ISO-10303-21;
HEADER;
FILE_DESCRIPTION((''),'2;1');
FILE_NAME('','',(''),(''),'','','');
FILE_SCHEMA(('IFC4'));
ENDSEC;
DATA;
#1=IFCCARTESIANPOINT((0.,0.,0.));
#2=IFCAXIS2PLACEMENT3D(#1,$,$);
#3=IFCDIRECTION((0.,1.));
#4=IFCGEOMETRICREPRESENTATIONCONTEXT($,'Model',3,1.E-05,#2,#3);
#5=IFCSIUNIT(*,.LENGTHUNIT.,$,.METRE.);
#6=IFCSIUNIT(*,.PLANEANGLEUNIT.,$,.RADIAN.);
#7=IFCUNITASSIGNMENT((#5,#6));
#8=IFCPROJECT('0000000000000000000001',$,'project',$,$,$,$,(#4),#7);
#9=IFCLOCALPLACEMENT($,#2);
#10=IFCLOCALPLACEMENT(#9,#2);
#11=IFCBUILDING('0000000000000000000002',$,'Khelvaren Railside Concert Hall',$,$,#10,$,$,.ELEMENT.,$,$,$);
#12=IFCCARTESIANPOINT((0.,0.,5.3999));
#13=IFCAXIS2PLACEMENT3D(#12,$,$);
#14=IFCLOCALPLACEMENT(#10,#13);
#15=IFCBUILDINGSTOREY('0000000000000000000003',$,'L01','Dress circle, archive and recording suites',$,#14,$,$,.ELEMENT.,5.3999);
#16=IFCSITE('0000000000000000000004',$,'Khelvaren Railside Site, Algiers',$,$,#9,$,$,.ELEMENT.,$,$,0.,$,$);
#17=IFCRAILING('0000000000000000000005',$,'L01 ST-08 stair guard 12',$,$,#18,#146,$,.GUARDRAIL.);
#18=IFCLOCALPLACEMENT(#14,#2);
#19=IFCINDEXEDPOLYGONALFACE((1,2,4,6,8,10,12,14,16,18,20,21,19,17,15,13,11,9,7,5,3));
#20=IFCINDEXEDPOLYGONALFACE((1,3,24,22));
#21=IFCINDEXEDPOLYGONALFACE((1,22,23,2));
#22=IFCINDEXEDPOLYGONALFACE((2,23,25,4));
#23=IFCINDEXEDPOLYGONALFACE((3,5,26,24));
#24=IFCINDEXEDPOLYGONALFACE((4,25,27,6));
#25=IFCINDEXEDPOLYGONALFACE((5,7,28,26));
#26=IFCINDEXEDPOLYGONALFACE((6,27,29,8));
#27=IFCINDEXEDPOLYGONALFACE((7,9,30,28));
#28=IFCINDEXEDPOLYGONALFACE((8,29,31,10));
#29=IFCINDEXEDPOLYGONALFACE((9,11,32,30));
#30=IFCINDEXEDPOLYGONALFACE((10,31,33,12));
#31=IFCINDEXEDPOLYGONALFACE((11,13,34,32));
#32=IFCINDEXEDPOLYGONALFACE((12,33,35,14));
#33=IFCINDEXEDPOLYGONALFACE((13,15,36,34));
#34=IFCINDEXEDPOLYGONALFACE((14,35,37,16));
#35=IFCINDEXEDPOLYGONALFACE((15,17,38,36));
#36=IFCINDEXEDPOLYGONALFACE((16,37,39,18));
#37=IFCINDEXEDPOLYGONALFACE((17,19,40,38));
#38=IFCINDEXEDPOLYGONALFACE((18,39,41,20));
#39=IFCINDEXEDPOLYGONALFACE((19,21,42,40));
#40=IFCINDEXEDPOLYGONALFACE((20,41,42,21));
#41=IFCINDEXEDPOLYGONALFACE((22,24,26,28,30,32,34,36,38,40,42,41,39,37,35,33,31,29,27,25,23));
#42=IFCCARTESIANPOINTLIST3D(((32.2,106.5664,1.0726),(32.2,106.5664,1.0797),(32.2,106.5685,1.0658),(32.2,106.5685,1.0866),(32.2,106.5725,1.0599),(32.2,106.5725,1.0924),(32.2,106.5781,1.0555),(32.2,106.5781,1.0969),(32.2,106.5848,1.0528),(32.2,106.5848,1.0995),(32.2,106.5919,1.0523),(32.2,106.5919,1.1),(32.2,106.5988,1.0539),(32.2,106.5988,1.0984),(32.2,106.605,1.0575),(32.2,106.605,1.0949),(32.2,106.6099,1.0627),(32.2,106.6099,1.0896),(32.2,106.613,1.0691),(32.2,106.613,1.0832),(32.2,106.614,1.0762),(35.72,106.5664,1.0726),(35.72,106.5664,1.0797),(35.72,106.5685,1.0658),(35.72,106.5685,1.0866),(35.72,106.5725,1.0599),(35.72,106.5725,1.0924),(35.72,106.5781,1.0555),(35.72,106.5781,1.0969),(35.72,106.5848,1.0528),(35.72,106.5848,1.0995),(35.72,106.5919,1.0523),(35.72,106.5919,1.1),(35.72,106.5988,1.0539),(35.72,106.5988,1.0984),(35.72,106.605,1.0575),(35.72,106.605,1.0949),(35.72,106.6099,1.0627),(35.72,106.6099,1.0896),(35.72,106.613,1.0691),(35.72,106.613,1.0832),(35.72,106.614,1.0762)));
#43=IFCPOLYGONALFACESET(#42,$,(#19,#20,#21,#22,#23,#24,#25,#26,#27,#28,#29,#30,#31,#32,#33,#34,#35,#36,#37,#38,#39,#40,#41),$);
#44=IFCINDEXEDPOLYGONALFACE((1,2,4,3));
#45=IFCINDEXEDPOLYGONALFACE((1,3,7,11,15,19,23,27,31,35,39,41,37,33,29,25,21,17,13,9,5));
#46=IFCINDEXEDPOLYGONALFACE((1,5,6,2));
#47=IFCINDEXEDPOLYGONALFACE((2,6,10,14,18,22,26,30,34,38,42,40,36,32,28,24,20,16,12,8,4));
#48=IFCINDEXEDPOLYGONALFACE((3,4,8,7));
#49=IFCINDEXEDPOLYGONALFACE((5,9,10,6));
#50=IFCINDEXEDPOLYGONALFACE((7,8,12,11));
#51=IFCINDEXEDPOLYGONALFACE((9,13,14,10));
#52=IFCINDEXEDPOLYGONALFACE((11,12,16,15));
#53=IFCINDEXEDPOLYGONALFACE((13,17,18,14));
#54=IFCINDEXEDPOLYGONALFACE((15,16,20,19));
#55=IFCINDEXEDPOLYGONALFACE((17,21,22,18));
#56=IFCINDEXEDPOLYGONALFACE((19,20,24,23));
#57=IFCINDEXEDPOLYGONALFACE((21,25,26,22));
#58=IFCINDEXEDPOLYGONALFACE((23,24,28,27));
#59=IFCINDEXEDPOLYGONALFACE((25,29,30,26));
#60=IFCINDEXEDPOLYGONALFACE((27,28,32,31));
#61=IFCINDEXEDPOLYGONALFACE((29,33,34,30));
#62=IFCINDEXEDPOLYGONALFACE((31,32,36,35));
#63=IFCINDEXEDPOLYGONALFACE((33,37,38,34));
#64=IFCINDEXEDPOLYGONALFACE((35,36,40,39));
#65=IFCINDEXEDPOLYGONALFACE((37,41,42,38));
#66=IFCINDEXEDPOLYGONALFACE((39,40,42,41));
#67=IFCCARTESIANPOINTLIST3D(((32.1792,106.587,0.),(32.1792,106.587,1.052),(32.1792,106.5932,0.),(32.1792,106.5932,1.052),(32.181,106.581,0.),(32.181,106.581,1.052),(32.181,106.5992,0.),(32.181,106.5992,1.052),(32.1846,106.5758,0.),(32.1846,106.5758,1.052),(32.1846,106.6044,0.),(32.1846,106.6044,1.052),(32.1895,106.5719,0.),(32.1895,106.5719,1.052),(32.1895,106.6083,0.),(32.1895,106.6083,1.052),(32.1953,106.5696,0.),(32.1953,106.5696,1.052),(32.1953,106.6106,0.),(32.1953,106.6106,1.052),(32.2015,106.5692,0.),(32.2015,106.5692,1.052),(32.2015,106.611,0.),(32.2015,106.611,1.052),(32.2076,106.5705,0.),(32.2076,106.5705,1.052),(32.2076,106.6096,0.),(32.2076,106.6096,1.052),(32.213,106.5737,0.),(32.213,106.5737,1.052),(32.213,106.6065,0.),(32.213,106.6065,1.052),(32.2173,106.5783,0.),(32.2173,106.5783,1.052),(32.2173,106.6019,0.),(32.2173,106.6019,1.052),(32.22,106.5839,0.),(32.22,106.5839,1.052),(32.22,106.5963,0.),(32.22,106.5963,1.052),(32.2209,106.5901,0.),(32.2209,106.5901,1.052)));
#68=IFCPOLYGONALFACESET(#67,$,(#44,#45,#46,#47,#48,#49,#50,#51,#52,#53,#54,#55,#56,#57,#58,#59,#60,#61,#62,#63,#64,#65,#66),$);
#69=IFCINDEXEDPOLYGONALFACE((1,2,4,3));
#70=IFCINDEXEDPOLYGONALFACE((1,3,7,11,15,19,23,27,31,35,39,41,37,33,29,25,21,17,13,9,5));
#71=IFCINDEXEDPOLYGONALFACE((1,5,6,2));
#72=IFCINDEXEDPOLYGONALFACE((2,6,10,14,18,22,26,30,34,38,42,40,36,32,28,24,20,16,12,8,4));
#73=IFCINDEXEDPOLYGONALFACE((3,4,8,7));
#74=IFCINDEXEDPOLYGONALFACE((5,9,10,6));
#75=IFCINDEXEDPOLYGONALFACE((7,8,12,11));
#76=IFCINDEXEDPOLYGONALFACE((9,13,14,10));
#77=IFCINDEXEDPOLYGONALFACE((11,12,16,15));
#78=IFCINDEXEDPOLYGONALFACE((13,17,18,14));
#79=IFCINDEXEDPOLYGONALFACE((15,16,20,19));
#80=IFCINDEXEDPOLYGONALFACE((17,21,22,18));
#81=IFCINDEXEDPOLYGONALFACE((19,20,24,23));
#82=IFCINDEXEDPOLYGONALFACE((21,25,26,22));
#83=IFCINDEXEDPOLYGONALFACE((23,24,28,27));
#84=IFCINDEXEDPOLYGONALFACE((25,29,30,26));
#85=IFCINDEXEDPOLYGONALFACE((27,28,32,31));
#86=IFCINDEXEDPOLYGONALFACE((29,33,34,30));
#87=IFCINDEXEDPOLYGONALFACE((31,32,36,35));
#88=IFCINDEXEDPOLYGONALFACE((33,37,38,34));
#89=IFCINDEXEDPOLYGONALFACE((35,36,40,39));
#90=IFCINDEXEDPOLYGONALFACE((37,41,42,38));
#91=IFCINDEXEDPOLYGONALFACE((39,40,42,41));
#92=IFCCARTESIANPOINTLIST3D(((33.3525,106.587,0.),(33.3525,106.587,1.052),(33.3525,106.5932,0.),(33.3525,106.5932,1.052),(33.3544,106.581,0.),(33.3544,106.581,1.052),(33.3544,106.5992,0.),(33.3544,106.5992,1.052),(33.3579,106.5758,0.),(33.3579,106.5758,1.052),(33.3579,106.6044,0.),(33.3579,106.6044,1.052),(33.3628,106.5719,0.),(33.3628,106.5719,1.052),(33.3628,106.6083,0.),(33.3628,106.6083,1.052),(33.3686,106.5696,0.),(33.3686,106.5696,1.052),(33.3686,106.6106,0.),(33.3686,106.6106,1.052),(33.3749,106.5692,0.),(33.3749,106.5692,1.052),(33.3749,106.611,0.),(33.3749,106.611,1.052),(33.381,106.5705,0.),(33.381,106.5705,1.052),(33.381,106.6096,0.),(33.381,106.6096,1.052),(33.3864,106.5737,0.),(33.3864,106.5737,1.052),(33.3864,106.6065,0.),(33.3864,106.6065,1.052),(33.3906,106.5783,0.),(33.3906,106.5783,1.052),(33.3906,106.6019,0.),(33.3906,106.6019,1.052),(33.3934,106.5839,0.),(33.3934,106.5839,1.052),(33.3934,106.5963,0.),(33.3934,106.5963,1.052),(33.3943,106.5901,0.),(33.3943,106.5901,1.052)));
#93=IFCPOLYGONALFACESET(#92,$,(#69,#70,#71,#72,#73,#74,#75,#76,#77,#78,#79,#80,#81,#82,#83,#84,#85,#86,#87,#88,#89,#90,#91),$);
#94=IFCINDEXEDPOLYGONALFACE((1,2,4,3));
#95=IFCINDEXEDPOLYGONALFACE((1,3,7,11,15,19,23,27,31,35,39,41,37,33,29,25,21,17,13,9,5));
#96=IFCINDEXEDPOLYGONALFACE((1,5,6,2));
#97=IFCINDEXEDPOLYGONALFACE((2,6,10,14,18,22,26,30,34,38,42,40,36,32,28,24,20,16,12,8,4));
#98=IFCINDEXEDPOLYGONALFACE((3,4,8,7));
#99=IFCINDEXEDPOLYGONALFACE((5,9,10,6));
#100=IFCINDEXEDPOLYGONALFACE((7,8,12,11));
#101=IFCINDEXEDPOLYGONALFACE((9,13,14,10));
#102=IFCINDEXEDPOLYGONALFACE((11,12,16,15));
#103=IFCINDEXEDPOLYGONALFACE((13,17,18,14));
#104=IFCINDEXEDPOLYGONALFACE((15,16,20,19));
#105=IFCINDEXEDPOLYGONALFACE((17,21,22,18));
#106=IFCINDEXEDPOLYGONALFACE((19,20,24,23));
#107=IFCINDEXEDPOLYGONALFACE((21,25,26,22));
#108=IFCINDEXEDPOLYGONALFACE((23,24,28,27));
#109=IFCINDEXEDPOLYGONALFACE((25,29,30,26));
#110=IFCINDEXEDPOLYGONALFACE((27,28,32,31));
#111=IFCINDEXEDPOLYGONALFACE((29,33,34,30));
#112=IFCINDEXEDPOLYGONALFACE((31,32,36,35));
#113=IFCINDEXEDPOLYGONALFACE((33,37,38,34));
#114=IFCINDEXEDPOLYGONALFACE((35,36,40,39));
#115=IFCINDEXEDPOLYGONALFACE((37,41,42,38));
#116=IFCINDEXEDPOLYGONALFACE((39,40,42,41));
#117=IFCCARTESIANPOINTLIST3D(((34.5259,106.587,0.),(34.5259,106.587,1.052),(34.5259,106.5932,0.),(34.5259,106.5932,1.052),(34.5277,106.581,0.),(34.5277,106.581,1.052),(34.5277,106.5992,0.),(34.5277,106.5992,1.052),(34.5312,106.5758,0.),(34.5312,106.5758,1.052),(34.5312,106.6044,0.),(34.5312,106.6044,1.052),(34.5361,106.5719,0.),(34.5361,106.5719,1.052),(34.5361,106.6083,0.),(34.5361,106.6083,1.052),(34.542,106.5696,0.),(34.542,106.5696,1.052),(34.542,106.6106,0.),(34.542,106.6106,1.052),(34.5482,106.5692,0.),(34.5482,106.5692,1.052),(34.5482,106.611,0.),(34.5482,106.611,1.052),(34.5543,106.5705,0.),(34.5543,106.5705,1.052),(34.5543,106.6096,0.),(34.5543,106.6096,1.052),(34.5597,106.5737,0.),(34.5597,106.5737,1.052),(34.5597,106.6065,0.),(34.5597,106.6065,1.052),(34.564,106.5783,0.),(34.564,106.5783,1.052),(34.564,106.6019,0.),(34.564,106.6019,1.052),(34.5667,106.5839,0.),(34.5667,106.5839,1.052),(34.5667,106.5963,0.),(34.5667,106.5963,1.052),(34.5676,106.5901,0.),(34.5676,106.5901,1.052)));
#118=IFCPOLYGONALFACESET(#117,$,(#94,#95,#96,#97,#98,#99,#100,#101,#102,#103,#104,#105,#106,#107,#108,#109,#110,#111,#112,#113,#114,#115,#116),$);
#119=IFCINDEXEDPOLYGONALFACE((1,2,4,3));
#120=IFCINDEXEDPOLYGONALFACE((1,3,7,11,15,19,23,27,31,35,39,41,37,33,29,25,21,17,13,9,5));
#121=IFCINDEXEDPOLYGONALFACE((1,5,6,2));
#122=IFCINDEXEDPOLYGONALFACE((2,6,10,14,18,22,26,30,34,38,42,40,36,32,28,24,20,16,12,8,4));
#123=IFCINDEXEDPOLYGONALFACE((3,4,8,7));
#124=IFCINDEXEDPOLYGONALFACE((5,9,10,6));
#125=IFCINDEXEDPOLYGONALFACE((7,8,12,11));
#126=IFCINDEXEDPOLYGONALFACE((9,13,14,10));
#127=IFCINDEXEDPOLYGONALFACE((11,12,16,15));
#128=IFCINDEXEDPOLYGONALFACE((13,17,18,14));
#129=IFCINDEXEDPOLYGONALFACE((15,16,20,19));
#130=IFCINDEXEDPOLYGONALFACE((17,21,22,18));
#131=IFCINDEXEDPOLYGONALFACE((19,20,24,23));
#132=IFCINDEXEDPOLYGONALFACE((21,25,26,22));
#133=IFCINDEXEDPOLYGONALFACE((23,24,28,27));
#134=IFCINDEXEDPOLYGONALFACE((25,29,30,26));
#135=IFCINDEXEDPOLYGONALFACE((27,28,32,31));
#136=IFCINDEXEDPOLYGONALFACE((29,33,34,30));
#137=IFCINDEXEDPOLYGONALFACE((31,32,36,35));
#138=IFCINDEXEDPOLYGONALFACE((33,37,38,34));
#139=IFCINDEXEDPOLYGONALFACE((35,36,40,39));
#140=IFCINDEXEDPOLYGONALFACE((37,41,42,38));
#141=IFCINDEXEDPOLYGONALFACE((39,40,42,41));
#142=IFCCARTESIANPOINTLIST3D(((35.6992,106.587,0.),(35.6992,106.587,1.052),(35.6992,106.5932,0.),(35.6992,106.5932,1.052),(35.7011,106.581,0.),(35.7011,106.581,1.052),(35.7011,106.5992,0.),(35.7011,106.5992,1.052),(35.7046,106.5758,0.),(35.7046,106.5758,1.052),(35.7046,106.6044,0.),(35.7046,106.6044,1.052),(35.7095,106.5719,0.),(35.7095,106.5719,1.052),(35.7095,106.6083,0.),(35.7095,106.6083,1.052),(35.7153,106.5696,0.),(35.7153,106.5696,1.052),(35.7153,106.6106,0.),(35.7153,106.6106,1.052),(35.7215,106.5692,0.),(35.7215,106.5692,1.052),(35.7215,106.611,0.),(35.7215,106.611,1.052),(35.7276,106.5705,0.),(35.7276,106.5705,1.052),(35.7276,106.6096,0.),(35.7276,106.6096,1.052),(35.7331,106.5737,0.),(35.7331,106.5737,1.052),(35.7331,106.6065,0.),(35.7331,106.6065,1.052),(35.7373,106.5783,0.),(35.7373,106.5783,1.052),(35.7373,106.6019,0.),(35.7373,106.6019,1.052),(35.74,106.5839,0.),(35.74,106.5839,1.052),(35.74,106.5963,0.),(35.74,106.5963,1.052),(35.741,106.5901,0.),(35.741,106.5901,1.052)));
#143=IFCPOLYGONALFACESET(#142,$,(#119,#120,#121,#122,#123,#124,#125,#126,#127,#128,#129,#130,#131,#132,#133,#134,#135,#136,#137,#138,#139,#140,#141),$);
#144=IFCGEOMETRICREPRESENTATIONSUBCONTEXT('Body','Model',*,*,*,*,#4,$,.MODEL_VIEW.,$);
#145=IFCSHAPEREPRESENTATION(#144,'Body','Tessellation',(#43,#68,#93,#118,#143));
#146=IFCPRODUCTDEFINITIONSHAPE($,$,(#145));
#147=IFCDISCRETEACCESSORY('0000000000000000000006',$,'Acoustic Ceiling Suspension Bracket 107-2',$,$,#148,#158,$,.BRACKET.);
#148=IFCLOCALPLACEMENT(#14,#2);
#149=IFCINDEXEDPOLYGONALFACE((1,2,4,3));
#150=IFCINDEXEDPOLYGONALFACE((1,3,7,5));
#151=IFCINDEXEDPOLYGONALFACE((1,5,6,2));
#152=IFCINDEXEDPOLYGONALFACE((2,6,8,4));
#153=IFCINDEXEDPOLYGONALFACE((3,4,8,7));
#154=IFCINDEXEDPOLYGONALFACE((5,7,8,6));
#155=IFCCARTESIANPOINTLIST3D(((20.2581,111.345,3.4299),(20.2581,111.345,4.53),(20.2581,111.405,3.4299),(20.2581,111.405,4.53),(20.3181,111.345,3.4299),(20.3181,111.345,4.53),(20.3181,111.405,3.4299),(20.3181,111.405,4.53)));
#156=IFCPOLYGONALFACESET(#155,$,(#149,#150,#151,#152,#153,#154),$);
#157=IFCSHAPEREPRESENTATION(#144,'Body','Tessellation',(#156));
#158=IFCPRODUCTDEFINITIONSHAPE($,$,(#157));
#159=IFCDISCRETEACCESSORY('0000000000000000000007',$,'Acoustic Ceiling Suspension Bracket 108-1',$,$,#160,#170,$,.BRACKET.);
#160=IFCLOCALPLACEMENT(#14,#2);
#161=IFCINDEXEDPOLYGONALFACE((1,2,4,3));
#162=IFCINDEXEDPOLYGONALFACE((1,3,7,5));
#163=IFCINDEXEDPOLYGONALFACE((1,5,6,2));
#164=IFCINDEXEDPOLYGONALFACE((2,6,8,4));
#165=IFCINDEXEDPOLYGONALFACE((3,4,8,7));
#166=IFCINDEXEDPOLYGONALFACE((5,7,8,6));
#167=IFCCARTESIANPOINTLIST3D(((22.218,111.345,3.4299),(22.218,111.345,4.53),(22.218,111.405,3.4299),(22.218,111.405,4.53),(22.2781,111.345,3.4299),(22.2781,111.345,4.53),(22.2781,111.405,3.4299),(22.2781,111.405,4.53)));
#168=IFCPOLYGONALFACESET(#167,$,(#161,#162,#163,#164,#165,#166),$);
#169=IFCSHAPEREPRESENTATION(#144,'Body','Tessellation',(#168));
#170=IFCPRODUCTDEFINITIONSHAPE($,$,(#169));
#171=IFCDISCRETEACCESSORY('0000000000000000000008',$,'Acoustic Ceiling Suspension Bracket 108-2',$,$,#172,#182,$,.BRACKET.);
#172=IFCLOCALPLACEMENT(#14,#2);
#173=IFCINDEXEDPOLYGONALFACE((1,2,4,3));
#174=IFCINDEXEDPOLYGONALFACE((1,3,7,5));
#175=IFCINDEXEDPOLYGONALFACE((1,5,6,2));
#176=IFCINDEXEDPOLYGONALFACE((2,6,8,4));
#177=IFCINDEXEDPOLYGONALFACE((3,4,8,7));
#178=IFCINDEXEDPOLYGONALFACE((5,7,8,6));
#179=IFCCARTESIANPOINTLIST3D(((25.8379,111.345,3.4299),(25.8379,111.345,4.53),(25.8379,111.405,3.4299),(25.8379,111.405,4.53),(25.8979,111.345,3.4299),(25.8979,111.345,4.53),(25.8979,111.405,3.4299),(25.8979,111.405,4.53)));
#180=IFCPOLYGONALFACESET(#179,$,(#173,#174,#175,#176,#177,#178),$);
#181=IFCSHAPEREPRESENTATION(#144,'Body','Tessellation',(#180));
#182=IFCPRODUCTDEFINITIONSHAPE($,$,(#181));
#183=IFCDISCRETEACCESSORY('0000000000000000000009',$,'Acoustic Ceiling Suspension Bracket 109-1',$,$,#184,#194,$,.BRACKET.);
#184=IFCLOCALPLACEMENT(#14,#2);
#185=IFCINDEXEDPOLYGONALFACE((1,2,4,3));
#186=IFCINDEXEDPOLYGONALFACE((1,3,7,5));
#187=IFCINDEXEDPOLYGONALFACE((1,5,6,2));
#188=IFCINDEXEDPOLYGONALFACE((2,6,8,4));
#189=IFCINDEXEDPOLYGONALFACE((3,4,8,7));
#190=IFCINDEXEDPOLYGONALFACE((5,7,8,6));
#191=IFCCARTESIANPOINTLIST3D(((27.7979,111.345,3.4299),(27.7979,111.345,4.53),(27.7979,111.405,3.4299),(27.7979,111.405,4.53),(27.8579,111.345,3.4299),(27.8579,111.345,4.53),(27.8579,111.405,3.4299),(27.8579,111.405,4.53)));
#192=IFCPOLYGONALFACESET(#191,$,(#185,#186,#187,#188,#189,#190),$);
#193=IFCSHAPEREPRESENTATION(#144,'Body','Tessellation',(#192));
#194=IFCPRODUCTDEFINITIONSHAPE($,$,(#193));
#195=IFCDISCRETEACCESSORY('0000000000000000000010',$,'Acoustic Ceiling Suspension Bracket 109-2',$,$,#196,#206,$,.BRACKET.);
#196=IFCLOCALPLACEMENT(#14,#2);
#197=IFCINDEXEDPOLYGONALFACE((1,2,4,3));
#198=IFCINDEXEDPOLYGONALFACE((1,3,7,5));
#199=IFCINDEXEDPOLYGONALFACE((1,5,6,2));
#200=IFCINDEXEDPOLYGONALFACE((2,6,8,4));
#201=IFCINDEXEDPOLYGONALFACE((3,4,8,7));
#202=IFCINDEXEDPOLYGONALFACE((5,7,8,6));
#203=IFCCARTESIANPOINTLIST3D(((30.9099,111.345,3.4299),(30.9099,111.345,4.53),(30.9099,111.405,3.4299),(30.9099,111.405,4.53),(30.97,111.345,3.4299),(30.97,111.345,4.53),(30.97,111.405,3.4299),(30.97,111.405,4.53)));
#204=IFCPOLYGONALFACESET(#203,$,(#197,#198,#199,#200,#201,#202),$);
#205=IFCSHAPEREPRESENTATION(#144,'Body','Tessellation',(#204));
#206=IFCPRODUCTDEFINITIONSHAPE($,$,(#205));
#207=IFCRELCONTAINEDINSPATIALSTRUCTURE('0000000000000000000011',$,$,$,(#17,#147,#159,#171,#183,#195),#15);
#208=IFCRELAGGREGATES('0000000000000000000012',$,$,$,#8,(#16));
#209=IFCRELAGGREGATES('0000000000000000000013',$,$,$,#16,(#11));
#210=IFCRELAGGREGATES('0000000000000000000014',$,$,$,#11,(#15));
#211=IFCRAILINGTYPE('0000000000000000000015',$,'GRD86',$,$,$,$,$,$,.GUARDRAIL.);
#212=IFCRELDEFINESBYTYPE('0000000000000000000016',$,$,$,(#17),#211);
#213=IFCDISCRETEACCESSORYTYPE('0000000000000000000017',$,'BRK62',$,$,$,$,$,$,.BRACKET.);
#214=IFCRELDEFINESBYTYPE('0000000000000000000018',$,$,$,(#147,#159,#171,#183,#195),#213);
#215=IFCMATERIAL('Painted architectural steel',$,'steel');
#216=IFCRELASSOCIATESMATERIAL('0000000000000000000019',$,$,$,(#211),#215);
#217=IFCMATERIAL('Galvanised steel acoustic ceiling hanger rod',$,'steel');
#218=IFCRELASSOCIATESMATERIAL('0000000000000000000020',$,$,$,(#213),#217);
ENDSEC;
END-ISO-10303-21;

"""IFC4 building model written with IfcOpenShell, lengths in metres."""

from ifc_helpers import new_model, si_unit, direction, frame, origin, origin_2d, place, context, subcontext, project, spatial, rectangle, circle, extrude, material, type_object, element, save


model = new_model("IFC4")

# Units and contexts
model_context = context("Model", 3, precision=1e-05, world=origin(), true_north=direction((0.0, 1.0)))
body_context = subcontext(model_context, "Body", "Model", "MODEL_VIEW")
ifc_project = project(units=[si_unit("LENGTHUNIT", "METRE"), si_unit("PLANEANGLEUNIT", "RADIAN")], contexts=[model_context])

# Site, building, storey
site_placement = place(None, origin())
site = spatial("IfcSite", under=ifc_project, at=site_placement, Name="Khelvaren Railside Site, Algiers", CompositionType="ELEMENT", RefElevation=0.0)
building_placement = place(site_placement, origin())
building = spatial("IfcBuilding", under=site, at=building_placement, Name="Khelvaren Railside Concert Hall", CompositionType="ELEMENT")
storey_placement = place(building_placement, frame((0.0, 0.0, 5.3999)))
storey = spatial("IfcBuildingStorey", under=building, at=storey_placement, Name="L01", Description="Dress circle, archive and recording suites", CompositionType="ELEMENT", Elevation=5.3999)

# Railing
ifc_material_1 = material(Name="Painted architectural steel", Category="steel")
railing_type = type_object("IfcRailingType", Name="GRD86", PredefinedType="GUARDRAIL", material=ifc_material_1)
railing_placement = place(storey_placement, frame((32.2, 106.5901, 0.0)))
element("IfcRailing", 1, at=railing_placement, inside=storey, type_object=railing_type, Name="L01 ST-08 stair guard 12", PredefinedType="GUARDRAIL", context=body_context, shape_type="SweptSolid", body=[
    extrude(circle(Radius=0.0239, at=origin_2d()), frame((0.0, 0.0, 1.0762), z_axis=(1.0, 0.0, 0.0), x_axis=(0.0, 1.0, 0.0)), (0.0, 0.0, 1.0), 3.52),
    extrude(circle(Radius=0.021, at=origin_2d()), origin(), (0.0, 0.0, 1.0), 1.052),
    extrude(circle(Radius=0.021, at=origin_2d()), frame((1.1733, 0.0, 0.0)), (0.0, 0.0, 1.0), 1.052),
    extrude(circle(Radius=0.021, at=origin_2d()), frame((2.3467, 0.0, 0.0)), (0.0, 0.0, 1.0), 1.052),
    extrude(circle(Radius=0.021, at=origin_2d()), frame((3.52, 0.0, 0.0)), (0.0, 0.0, 1.0), 1.052),
])

# Discrete accessories
ifc_material_2 = material(Name="Galvanised steel acoustic ceiling hanger rod", Category="steel")
discrete_accessory_type = type_object("IfcDiscreteAccessoryType", Name="BRK62", PredefinedType="BRACKET", material=ifc_material_2)
for number, where, z_axis, x_axis, name in (
    (2, (20.2881, 111.375, 3.4299), (0.0, 0.0, 1.0), (1.0, 0.0, 0.0), "Acoustic Ceiling Suspension Bracket 107-2"),
    (3, (22.248, 111.375, 3.4299), (0.0, 0.0, 1.0), (1.0, 0.0, 0.0), "Acoustic Ceiling Suspension Bracket 108-1"),
    (4, (25.8679, 111.375, 3.4299), (0.0, 0.0, 1.0), (1.0, 0.0, 0.0), "Acoustic Ceiling Suspension Bracket 108-2"),
    (5, (27.8279, 111.375, 3.4299), (0.0, 0.0, 1.0), (1.0, 0.0, 0.0), "Acoustic Ceiling Suspension Bracket 109-1"),
    (6, (30.9399, 111.375, 3.4299), (0.0, 0.0, 1.0), (1.0, 0.0, 0.0), "Acoustic Ceiling Suspension Bracket 109-2"),
):
    element("IfcDiscreteAccessory", number, at=place(storey_placement, frame(where, z_axis=z_axis, x_axis=x_axis)), inside=storey, type_object=discrete_accessory_type, Name=name, PredefinedType="BRACKET", context=body_context, shape_type="SweptSolid", body=[
        extrude(rectangle(XDim=0.0601, YDim=0.0601, at=origin_2d()), origin(), (0.0, 0.0, 1.0), 1.1001),
    ])

save(model, "model.ifc")
